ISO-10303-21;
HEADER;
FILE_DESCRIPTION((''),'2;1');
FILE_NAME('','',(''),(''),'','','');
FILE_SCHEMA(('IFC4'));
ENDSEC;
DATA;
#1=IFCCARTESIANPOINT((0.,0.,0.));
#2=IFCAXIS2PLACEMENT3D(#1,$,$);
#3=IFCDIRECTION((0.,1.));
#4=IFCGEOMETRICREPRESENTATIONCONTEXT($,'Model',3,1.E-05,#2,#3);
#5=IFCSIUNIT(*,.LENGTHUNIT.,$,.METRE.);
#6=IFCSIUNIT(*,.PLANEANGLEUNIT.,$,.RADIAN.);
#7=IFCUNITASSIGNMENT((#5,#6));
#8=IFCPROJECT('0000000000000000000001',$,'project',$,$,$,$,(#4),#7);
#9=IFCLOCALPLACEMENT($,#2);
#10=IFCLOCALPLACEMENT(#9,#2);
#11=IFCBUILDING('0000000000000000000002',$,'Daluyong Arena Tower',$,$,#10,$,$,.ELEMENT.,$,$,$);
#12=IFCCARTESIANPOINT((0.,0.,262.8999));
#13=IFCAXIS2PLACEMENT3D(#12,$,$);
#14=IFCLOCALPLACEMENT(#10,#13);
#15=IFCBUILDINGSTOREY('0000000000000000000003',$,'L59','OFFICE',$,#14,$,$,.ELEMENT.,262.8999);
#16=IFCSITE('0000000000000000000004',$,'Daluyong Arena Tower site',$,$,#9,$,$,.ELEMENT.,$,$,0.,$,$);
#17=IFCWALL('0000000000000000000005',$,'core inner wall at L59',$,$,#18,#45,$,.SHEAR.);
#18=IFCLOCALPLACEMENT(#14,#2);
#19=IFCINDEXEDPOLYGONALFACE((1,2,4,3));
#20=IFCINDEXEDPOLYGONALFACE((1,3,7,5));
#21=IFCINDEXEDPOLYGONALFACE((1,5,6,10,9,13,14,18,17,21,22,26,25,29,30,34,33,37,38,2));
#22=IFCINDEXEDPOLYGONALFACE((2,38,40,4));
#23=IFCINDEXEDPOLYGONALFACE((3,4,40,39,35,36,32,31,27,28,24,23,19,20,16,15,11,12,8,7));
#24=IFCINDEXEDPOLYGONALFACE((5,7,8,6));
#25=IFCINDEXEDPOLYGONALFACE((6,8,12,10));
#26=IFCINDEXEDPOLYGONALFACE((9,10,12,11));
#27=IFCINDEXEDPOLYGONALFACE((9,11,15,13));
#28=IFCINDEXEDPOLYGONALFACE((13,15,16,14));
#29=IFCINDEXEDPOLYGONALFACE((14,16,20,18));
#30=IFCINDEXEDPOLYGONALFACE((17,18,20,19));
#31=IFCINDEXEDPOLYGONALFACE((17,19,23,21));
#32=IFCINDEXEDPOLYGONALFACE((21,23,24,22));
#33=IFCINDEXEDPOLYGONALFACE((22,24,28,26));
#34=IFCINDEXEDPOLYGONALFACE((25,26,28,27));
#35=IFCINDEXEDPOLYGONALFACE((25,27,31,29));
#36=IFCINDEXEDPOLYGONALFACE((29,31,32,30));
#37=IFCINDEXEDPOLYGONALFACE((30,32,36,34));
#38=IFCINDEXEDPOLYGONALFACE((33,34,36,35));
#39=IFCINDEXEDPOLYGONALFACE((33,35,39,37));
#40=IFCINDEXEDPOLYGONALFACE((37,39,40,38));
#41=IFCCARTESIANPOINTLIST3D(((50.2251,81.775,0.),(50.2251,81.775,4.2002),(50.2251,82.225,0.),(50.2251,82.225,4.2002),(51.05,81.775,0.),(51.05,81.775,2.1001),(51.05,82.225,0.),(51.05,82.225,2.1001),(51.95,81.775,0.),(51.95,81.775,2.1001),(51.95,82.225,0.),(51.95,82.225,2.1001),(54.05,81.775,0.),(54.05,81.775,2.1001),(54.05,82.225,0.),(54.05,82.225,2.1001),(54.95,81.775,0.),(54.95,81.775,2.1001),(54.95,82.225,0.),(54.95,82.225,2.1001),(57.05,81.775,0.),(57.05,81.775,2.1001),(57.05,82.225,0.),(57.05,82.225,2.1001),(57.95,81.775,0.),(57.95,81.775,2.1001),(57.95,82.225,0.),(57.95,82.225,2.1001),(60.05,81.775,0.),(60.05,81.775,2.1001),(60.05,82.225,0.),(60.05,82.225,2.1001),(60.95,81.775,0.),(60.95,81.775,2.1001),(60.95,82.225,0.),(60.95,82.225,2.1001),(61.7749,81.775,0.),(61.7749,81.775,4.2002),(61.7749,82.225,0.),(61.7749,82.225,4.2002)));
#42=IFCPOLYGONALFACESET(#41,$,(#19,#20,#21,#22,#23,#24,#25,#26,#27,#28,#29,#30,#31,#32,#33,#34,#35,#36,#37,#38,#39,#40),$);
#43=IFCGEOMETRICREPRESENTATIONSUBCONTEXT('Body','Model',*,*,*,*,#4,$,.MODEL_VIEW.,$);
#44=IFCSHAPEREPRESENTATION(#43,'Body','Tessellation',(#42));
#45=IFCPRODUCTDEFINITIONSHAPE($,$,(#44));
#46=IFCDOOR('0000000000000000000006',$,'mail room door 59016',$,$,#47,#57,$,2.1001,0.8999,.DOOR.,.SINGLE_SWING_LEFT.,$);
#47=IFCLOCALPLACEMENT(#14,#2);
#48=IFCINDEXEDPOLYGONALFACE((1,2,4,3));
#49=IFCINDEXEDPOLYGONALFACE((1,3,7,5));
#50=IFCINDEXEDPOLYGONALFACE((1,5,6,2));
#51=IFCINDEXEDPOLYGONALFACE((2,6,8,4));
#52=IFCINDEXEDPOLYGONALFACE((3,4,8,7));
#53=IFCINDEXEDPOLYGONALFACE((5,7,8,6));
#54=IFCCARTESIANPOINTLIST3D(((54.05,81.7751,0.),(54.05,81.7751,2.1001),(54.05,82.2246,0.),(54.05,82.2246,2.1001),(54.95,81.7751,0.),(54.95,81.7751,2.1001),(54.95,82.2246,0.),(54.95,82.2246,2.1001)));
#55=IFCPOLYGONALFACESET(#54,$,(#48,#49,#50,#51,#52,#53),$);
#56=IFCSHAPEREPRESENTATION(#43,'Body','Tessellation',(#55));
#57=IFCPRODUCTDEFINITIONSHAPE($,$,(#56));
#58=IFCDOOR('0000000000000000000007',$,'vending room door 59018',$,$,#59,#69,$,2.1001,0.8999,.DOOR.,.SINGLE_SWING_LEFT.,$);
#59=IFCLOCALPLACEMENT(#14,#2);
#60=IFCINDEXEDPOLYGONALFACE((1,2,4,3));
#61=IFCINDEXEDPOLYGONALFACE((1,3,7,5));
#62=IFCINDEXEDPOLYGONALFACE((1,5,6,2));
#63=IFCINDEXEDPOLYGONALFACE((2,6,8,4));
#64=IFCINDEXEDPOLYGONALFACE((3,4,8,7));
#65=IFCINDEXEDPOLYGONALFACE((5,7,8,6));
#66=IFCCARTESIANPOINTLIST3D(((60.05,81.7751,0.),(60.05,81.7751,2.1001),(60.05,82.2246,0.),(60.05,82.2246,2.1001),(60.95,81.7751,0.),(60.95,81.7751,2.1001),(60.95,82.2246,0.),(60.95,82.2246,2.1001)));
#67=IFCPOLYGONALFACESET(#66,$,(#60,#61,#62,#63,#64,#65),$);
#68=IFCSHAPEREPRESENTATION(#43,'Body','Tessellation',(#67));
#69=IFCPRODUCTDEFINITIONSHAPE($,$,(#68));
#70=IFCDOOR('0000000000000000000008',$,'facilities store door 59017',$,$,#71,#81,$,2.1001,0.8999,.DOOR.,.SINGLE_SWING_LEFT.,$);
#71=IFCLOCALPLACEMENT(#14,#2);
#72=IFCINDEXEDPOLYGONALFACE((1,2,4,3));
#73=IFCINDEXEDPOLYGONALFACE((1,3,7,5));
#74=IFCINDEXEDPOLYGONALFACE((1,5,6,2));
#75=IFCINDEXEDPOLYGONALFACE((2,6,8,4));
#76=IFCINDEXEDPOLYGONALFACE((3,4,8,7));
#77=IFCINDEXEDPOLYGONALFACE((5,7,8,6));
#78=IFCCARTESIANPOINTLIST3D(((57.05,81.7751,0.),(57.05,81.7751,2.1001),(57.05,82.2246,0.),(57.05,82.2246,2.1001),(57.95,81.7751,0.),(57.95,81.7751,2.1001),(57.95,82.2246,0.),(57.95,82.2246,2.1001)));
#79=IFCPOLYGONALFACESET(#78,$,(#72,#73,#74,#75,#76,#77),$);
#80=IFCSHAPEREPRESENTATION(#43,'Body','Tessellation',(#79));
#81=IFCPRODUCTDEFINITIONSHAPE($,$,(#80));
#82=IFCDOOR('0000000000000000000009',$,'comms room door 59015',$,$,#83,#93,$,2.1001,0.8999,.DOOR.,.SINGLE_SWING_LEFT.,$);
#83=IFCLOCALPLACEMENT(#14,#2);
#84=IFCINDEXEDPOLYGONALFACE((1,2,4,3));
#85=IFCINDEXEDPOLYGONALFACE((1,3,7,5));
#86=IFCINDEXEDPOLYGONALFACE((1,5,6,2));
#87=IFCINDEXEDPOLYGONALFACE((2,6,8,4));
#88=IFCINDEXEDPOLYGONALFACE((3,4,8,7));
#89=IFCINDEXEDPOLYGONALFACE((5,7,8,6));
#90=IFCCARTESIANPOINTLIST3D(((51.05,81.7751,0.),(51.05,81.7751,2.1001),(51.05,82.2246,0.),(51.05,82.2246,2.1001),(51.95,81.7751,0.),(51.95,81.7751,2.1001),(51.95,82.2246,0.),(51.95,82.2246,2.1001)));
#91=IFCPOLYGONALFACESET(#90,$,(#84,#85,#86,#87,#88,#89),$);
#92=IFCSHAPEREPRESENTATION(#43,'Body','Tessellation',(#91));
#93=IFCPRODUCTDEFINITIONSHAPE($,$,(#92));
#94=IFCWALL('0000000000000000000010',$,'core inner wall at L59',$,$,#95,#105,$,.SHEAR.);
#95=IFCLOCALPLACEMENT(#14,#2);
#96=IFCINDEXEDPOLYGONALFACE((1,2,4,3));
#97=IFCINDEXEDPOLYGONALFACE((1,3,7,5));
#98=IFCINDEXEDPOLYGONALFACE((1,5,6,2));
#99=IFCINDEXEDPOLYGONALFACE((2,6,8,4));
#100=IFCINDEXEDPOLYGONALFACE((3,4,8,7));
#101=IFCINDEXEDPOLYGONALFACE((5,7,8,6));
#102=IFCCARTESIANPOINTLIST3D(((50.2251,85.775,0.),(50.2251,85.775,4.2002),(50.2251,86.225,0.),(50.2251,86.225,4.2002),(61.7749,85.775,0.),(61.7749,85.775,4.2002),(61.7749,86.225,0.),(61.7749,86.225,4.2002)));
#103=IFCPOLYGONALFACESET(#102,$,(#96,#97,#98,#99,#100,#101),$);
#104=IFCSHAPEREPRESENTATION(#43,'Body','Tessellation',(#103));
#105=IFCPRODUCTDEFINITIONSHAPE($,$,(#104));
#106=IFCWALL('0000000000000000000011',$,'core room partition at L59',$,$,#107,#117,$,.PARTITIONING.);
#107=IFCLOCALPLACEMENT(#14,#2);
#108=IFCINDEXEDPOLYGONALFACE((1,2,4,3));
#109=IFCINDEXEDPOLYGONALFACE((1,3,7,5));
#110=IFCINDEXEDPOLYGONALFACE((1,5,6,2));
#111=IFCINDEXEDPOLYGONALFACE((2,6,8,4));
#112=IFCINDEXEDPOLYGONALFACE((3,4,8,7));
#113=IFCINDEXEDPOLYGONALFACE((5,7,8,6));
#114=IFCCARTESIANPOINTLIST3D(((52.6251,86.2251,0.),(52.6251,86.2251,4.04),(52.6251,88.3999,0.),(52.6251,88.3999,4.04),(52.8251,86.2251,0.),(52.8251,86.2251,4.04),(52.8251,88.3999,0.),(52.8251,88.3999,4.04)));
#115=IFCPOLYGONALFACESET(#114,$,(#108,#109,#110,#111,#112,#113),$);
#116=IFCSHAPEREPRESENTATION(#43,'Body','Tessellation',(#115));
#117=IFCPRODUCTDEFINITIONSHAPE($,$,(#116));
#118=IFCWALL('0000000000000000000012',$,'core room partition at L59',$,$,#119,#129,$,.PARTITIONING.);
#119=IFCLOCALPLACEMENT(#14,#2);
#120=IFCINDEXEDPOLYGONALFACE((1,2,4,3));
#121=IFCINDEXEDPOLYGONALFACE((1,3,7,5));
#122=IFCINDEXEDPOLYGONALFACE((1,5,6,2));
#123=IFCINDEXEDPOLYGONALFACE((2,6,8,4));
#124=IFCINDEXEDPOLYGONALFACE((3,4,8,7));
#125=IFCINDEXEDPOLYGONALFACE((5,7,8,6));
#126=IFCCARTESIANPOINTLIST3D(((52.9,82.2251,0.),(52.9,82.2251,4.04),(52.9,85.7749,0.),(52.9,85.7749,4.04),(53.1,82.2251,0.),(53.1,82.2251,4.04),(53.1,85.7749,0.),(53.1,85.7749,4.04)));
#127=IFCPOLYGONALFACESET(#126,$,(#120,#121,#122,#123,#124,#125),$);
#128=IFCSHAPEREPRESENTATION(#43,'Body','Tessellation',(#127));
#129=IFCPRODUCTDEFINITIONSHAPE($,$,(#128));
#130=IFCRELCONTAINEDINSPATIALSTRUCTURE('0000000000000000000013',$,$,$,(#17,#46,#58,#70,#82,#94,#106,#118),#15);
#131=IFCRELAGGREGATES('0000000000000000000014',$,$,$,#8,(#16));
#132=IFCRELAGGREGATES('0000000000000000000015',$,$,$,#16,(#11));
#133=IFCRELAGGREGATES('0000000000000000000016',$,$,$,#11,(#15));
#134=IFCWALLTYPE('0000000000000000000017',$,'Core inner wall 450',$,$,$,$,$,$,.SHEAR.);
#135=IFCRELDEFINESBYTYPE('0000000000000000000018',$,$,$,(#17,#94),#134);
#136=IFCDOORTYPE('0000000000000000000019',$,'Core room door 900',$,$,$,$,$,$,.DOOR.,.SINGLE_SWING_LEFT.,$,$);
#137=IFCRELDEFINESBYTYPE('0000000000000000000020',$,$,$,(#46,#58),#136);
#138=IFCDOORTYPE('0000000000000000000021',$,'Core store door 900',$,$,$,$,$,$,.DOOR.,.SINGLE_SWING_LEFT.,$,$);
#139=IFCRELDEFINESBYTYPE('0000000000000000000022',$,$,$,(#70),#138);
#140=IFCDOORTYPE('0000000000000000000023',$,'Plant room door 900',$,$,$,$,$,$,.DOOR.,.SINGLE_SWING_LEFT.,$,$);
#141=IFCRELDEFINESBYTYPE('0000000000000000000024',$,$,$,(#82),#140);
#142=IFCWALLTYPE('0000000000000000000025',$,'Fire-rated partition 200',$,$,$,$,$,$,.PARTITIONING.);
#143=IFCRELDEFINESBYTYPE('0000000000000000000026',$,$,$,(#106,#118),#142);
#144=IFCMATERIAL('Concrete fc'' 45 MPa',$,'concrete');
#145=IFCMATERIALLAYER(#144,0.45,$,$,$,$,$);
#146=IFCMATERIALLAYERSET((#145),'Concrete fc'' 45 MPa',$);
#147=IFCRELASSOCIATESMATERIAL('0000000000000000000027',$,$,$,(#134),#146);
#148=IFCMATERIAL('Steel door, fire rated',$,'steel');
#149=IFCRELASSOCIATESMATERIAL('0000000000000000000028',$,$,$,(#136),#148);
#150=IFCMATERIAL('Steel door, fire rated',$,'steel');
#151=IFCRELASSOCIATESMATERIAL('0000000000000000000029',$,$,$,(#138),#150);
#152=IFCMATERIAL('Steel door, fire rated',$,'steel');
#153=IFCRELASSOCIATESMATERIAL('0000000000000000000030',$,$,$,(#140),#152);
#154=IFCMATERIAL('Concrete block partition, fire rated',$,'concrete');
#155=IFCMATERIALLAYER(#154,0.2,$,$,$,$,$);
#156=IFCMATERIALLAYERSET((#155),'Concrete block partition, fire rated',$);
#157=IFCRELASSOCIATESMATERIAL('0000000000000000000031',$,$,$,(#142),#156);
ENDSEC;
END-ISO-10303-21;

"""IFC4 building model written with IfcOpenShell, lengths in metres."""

from ifc_helpers import new_model, si_unit, direction, frame, frame_2d, origin, place, context, subcontext, project, spatial, rectangle, extrude, material, layer, layer_set, type_object, element, fill, save


model = new_model("IFC4")

# Units and contexts
model_context = context("Model", 3, precision=1e-05, world=origin(), true_north=direction((0.0, 1.0)))
body_context = subcontext(model_context, "Body", "Model", "MODEL_VIEW")
ifc_project = project(units=[si_unit("LENGTHUNIT", "METRE"), si_unit("PLANEANGLEUNIT", "RADIAN")], contexts=[model_context])

# Site, building, storey
site_placement = place(None, origin())
site = spatial("IfcSite", under=ifc_project, at=site_placement, Name="Daluyong Arena Tower site", CompositionType="ELEMENT", RefElevation=0.0)
building_placement = place(site_placement, origin())
building = spatial("IfcBuilding", under=site, at=building_placement, Name="Daluyong Arena Tower", CompositionType="ELEMENT")
storey_placement = place(building_placement, frame((0.0, 0.0, 262.8999)))
storey = spatial("IfcBuildingStorey", under=building, at=storey_placement, Name="L59", Description="OFFICE", CompositionType="ELEMENT", Elevation=262.8999)

# Wall, openings, doors
ifc_material_1 = material(Name="Concrete fc' 45 MPa", Category="concrete")
ifc_layer_1 = layer(ifc_material_1, 0.45)
ifc_layer_set_1 = layer_set([ifc_layer_1], Name="Concrete fc' 45 MPa")
wall_type_1 = type_object("IfcWallType", Name="Core inner wall 450", PredefinedType="SHEAR", material=ifc_layer_set_1)
ifc_material_2 = material(Name="Steel door, fire rated", Category="steel")
door_type_1 = type_object("IfcDoorType", Name="Core room door 900", OperationType="SINGLE_SWING_LEFT", PredefinedType="DOOR", material=ifc_material_2)
ifc_material_3 = material(Name="Steel door, fire rated", Category="steel")
door_type_2 = type_object("IfcDoorType", Name="Core store door 900", OperationType="SINGLE_SWING_LEFT", PredefinedType="DOOR", material=ifc_material_3)
wall_1_placement = place(storey_placement, frame((50.2251, 82.0, 0.0), z_axis=(0.0, 0.0, 1.0), x_axis=(1.0, 0.0, 0.0)))
wall_1 = element("IfcWall", 1, at=wall_1_placement, inside=storey, type_object=wall_type_1, Name="core inner wall at L59", PredefinedType="SHEAR", context=body_context, shape_type="SweptSolid", body=[
    extrude(rectangle(XDim=11.5498, YDim=0.45, at=frame_2d((5.7749, 0.0))), origin(), (0.0, 0.0, 1.0), 4.2002),
])
opening_1_placement = place(wall_1_placement, frame((0.825, 0.0, 0.0)))
opening_1 = element("IfcOpeningElement", 2, at=opening_1_placement, cuts=wall_1, PredefinedType="OPENING", context=body_context, shape_type="SweptSolid", body=[
    extrude(rectangle(XDim=0.8999, YDim=2.1001, at=frame_2d((0.45, 1.05))), frame((0.0, 0.2349, 0.0), z_axis=(0.0, -1.0, 0.0), x_axis=(1.0, 0.0, 0.0)), (0.0, 0.0, 1.0), 0.47),
])
opening_2_placement = place(wall_1_placement, frame((3.825, 0.0, 0.0)))
opening_2 = element("IfcOpeningElement", 3, at=opening_2_placement, cuts=wall_1, PredefinedType="OPENING", context=body_context, shape_type="SweptSolid", body=[
    extrude(rectangle(XDim=0.8999, YDim=2.1001, at=frame_2d((0.45, 1.05))), frame((0.0, 0.2349, 0.0), z_axis=(0.0, -1.0, 0.0), x_axis=(1.0, 0.0, 0.0)), (0.0, 0.0, 1.0), 0.47),
])
opening_3_placement = place(wall_1_placement, frame((6.825, 0.0, 0.0)))
opening_3 = element("IfcOpeningElement", 4, at=opening_3_placement, cuts=wall_1, PredefinedType="OPENING", context=body_context, shape_type="SweptSolid", body=[
    extrude(rectangle(XDim=0.8999, YDim=2.1001, at=frame_2d((0.45, 1.05))), frame((0.0, 0.2349, 0.0), z_axis=(0.0, -1.0, 0.0), x_axis=(1.0, 0.0, 0.0)), (0.0, 0.0, 1.0), 0.47),
])
opening_4_placement = place(wall_1_placement, frame((9.825, 0.0, 0.0)))
opening_4 = element("IfcOpeningElement", 5, at=opening_4_placement, cuts=wall_1, PredefinedType="OPENING", context=body_context, shape_type="SweptSolid", body=[
    extrude(rectangle(XDim=0.8999, YDim=2.1001, at=frame_2d((0.45, 1.05))), frame((0.0, 0.2349, 0.0), z_axis=(0.0, -1.0, 0.0), x_axis=(1.0, 0.0, 0.0)), (0.0, 0.0, 1.0), 0.47),
])
door_1_placement = place(opening_2_placement, origin())
door_1 = element("IfcDoor", 6, at=door_1_placement, inside=storey, type_object=door_type_1, Name="mail room door 59016", OperationType="SINGLE_SWING_LEFT", OverallHeight=2.1001, OverallWidth=0.8999, PredefinedType="DOOR", context=body_context, shape_type="SweptSolid", body=[
    extrude(rectangle(XDim=0.8999, YDim=2.1001, at=frame_2d((0.45, 1.05))), frame((0.0, 0.2246, 0.0), z_axis=(0.0, -1.0, 0.0), x_axis=(1.0, 0.0, 0.0)), (0.0, 0.0, 1.0), 0.4495),
])
fill(opening_2, door_1)
door_2_placement = place(opening_4_placement, origin())
door_2 = element("IfcDoor", 7, at=door_2_placement, inside=storey, type_object=door_type_1, Name="vending room door 59018", OperationType="SINGLE_SWING_LEFT", OverallHeight=2.1001, OverallWidth=0.8999, PredefinedType="DOOR", context=body_context, shape_type="SweptSolid", body=[
    extrude(rectangle(XDim=0.8999, YDim=2.1001, at=frame_2d((0.45, 1.05))), frame((0.0, 0.2246, 0.0), z_axis=(0.0, -1.0, 0.0), x_axis=(1.0, 0.0, 0.0)), (0.0, 0.0, 1.0), 0.4495),
])
fill(opening_4, door_2)
door_3_placement = place(opening_3_placement, origin())
door_3 = element("IfcDoor", 8, at=door_3_placement, inside=storey, type_object=door_type_2, Name="facilities store door 59017", OperationType="SINGLE_SWING_LEFT", OverallHeight=2.1001, OverallWidth=0.8999, PredefinedType="DOOR", context=body_context, shape_type="SweptSolid", body=[
    extrude(rectangle(XDim=0.8999, YDim=2.1001, at=frame_2d((0.45, 1.05))), frame((0.0, 0.2246, 0.0), z_axis=(0.0, -1.0, 0.0), x_axis=(1.0, 0.0, 0.0)), (0.0, 0.0, 1.0), 0.4495),
])
fill(opening_3, door_3)
ifc_material_4 = material(Name="Steel door, fire rated", Category="steel")
door_type_3 = type_object("IfcDoorType", Name="Plant room door 900", OperationType="SINGLE_SWING_LEFT", PredefinedType="DOOR", material=ifc_material_4)
door_4_placement = place(opening_1_placement, origin())
door_4 = element("IfcDoor", 9, at=door_4_placement, inside=storey, type_object=door_type_3, Name="comms room door 59015", OperationType="SINGLE_SWING_LEFT", OverallHeight=2.1001, OverallWidth=0.8999, PredefinedType="DOOR", context=body_context, shape_type="SweptSolid", body=[
    extrude(rectangle(XDim=0.8999, YDim=2.1001, at=frame_2d((0.45, 1.05))), frame((0.0, 0.2246, 0.0), z_axis=(0.0, -1.0, 0.0), x_axis=(1.0, 0.0, 0.0)), (0.0, 0.0, 1.0), 0.4495),
])
fill(opening_1, door_4)

# Walls
wall_2_placement = place(storey_placement, frame((50.2251, 86.0, 0.0), z_axis=(0.0, 0.0, 1.0), x_axis=(1.0, 0.0, 0.0)))
element("IfcWall", 10, at=wall_2_placement, inside=storey, type_object=wall_type_1, Name="core inner wall at L59", PredefinedType="SHEAR", context=body_context, shape_type="SweptSolid", body=[
    extrude(rectangle(XDim=11.5498, YDim=0.45, at=frame_2d((5.7749, 0.0))), origin(), (0.0, 0.0, 1.0), 4.2002),
])
ifc_material_5 = material(Name="Concrete block partition, fire rated", Category="concrete")
ifc_layer_2 = layer(ifc_material_5, 0.2)
ifc_layer_set_2 = layer_set([ifc_layer_2], Name="Concrete block partition, fire rated")
wall_type_2 = type_object("IfcWallType", Name="Fire-rated partition 200", PredefinedType="PARTITIONING", material=ifc_layer_set_2)
wall_3_placement = place(storey_placement, frame((52.7251, 86.2251, 0.0), z_axis=(0.0, 0.0, 1.0), x_axis=(0.0, 1.0, 0.0)))
element("IfcWall", 11, at=wall_3_placement, inside=storey, type_object=wall_type_2, Name="core room partition at L59", PredefinedType="PARTITIONING", context=body_context, shape_type="SweptSolid", body=[
    extrude(rectangle(XDim=2.1748, YDim=0.2, at=frame_2d((1.0874, 0.0))), origin(), (0.0, 0.0, 1.0), 4.04),
])
wall_4_placement = place(storey_placement, frame((53.0, 82.2251, 0.0), z_axis=(0.0, 0.0, 1.0), x_axis=(0.0, 1.0, 0.0)))
element("IfcWall", 12, at=wall_4_placement, inside=storey, type_object=wall_type_2, Name="core room partition at L59", PredefinedType="PARTITIONING", context=body_context, shape_type="SweptSolid", body=[
    extrude(rectangle(XDim=3.5498, YDim=0.2, at=frame_2d((1.7749, 0.0))), origin(), (0.0, 0.0, 1.0), 4.04),
])

save(model, "model.ifc")
